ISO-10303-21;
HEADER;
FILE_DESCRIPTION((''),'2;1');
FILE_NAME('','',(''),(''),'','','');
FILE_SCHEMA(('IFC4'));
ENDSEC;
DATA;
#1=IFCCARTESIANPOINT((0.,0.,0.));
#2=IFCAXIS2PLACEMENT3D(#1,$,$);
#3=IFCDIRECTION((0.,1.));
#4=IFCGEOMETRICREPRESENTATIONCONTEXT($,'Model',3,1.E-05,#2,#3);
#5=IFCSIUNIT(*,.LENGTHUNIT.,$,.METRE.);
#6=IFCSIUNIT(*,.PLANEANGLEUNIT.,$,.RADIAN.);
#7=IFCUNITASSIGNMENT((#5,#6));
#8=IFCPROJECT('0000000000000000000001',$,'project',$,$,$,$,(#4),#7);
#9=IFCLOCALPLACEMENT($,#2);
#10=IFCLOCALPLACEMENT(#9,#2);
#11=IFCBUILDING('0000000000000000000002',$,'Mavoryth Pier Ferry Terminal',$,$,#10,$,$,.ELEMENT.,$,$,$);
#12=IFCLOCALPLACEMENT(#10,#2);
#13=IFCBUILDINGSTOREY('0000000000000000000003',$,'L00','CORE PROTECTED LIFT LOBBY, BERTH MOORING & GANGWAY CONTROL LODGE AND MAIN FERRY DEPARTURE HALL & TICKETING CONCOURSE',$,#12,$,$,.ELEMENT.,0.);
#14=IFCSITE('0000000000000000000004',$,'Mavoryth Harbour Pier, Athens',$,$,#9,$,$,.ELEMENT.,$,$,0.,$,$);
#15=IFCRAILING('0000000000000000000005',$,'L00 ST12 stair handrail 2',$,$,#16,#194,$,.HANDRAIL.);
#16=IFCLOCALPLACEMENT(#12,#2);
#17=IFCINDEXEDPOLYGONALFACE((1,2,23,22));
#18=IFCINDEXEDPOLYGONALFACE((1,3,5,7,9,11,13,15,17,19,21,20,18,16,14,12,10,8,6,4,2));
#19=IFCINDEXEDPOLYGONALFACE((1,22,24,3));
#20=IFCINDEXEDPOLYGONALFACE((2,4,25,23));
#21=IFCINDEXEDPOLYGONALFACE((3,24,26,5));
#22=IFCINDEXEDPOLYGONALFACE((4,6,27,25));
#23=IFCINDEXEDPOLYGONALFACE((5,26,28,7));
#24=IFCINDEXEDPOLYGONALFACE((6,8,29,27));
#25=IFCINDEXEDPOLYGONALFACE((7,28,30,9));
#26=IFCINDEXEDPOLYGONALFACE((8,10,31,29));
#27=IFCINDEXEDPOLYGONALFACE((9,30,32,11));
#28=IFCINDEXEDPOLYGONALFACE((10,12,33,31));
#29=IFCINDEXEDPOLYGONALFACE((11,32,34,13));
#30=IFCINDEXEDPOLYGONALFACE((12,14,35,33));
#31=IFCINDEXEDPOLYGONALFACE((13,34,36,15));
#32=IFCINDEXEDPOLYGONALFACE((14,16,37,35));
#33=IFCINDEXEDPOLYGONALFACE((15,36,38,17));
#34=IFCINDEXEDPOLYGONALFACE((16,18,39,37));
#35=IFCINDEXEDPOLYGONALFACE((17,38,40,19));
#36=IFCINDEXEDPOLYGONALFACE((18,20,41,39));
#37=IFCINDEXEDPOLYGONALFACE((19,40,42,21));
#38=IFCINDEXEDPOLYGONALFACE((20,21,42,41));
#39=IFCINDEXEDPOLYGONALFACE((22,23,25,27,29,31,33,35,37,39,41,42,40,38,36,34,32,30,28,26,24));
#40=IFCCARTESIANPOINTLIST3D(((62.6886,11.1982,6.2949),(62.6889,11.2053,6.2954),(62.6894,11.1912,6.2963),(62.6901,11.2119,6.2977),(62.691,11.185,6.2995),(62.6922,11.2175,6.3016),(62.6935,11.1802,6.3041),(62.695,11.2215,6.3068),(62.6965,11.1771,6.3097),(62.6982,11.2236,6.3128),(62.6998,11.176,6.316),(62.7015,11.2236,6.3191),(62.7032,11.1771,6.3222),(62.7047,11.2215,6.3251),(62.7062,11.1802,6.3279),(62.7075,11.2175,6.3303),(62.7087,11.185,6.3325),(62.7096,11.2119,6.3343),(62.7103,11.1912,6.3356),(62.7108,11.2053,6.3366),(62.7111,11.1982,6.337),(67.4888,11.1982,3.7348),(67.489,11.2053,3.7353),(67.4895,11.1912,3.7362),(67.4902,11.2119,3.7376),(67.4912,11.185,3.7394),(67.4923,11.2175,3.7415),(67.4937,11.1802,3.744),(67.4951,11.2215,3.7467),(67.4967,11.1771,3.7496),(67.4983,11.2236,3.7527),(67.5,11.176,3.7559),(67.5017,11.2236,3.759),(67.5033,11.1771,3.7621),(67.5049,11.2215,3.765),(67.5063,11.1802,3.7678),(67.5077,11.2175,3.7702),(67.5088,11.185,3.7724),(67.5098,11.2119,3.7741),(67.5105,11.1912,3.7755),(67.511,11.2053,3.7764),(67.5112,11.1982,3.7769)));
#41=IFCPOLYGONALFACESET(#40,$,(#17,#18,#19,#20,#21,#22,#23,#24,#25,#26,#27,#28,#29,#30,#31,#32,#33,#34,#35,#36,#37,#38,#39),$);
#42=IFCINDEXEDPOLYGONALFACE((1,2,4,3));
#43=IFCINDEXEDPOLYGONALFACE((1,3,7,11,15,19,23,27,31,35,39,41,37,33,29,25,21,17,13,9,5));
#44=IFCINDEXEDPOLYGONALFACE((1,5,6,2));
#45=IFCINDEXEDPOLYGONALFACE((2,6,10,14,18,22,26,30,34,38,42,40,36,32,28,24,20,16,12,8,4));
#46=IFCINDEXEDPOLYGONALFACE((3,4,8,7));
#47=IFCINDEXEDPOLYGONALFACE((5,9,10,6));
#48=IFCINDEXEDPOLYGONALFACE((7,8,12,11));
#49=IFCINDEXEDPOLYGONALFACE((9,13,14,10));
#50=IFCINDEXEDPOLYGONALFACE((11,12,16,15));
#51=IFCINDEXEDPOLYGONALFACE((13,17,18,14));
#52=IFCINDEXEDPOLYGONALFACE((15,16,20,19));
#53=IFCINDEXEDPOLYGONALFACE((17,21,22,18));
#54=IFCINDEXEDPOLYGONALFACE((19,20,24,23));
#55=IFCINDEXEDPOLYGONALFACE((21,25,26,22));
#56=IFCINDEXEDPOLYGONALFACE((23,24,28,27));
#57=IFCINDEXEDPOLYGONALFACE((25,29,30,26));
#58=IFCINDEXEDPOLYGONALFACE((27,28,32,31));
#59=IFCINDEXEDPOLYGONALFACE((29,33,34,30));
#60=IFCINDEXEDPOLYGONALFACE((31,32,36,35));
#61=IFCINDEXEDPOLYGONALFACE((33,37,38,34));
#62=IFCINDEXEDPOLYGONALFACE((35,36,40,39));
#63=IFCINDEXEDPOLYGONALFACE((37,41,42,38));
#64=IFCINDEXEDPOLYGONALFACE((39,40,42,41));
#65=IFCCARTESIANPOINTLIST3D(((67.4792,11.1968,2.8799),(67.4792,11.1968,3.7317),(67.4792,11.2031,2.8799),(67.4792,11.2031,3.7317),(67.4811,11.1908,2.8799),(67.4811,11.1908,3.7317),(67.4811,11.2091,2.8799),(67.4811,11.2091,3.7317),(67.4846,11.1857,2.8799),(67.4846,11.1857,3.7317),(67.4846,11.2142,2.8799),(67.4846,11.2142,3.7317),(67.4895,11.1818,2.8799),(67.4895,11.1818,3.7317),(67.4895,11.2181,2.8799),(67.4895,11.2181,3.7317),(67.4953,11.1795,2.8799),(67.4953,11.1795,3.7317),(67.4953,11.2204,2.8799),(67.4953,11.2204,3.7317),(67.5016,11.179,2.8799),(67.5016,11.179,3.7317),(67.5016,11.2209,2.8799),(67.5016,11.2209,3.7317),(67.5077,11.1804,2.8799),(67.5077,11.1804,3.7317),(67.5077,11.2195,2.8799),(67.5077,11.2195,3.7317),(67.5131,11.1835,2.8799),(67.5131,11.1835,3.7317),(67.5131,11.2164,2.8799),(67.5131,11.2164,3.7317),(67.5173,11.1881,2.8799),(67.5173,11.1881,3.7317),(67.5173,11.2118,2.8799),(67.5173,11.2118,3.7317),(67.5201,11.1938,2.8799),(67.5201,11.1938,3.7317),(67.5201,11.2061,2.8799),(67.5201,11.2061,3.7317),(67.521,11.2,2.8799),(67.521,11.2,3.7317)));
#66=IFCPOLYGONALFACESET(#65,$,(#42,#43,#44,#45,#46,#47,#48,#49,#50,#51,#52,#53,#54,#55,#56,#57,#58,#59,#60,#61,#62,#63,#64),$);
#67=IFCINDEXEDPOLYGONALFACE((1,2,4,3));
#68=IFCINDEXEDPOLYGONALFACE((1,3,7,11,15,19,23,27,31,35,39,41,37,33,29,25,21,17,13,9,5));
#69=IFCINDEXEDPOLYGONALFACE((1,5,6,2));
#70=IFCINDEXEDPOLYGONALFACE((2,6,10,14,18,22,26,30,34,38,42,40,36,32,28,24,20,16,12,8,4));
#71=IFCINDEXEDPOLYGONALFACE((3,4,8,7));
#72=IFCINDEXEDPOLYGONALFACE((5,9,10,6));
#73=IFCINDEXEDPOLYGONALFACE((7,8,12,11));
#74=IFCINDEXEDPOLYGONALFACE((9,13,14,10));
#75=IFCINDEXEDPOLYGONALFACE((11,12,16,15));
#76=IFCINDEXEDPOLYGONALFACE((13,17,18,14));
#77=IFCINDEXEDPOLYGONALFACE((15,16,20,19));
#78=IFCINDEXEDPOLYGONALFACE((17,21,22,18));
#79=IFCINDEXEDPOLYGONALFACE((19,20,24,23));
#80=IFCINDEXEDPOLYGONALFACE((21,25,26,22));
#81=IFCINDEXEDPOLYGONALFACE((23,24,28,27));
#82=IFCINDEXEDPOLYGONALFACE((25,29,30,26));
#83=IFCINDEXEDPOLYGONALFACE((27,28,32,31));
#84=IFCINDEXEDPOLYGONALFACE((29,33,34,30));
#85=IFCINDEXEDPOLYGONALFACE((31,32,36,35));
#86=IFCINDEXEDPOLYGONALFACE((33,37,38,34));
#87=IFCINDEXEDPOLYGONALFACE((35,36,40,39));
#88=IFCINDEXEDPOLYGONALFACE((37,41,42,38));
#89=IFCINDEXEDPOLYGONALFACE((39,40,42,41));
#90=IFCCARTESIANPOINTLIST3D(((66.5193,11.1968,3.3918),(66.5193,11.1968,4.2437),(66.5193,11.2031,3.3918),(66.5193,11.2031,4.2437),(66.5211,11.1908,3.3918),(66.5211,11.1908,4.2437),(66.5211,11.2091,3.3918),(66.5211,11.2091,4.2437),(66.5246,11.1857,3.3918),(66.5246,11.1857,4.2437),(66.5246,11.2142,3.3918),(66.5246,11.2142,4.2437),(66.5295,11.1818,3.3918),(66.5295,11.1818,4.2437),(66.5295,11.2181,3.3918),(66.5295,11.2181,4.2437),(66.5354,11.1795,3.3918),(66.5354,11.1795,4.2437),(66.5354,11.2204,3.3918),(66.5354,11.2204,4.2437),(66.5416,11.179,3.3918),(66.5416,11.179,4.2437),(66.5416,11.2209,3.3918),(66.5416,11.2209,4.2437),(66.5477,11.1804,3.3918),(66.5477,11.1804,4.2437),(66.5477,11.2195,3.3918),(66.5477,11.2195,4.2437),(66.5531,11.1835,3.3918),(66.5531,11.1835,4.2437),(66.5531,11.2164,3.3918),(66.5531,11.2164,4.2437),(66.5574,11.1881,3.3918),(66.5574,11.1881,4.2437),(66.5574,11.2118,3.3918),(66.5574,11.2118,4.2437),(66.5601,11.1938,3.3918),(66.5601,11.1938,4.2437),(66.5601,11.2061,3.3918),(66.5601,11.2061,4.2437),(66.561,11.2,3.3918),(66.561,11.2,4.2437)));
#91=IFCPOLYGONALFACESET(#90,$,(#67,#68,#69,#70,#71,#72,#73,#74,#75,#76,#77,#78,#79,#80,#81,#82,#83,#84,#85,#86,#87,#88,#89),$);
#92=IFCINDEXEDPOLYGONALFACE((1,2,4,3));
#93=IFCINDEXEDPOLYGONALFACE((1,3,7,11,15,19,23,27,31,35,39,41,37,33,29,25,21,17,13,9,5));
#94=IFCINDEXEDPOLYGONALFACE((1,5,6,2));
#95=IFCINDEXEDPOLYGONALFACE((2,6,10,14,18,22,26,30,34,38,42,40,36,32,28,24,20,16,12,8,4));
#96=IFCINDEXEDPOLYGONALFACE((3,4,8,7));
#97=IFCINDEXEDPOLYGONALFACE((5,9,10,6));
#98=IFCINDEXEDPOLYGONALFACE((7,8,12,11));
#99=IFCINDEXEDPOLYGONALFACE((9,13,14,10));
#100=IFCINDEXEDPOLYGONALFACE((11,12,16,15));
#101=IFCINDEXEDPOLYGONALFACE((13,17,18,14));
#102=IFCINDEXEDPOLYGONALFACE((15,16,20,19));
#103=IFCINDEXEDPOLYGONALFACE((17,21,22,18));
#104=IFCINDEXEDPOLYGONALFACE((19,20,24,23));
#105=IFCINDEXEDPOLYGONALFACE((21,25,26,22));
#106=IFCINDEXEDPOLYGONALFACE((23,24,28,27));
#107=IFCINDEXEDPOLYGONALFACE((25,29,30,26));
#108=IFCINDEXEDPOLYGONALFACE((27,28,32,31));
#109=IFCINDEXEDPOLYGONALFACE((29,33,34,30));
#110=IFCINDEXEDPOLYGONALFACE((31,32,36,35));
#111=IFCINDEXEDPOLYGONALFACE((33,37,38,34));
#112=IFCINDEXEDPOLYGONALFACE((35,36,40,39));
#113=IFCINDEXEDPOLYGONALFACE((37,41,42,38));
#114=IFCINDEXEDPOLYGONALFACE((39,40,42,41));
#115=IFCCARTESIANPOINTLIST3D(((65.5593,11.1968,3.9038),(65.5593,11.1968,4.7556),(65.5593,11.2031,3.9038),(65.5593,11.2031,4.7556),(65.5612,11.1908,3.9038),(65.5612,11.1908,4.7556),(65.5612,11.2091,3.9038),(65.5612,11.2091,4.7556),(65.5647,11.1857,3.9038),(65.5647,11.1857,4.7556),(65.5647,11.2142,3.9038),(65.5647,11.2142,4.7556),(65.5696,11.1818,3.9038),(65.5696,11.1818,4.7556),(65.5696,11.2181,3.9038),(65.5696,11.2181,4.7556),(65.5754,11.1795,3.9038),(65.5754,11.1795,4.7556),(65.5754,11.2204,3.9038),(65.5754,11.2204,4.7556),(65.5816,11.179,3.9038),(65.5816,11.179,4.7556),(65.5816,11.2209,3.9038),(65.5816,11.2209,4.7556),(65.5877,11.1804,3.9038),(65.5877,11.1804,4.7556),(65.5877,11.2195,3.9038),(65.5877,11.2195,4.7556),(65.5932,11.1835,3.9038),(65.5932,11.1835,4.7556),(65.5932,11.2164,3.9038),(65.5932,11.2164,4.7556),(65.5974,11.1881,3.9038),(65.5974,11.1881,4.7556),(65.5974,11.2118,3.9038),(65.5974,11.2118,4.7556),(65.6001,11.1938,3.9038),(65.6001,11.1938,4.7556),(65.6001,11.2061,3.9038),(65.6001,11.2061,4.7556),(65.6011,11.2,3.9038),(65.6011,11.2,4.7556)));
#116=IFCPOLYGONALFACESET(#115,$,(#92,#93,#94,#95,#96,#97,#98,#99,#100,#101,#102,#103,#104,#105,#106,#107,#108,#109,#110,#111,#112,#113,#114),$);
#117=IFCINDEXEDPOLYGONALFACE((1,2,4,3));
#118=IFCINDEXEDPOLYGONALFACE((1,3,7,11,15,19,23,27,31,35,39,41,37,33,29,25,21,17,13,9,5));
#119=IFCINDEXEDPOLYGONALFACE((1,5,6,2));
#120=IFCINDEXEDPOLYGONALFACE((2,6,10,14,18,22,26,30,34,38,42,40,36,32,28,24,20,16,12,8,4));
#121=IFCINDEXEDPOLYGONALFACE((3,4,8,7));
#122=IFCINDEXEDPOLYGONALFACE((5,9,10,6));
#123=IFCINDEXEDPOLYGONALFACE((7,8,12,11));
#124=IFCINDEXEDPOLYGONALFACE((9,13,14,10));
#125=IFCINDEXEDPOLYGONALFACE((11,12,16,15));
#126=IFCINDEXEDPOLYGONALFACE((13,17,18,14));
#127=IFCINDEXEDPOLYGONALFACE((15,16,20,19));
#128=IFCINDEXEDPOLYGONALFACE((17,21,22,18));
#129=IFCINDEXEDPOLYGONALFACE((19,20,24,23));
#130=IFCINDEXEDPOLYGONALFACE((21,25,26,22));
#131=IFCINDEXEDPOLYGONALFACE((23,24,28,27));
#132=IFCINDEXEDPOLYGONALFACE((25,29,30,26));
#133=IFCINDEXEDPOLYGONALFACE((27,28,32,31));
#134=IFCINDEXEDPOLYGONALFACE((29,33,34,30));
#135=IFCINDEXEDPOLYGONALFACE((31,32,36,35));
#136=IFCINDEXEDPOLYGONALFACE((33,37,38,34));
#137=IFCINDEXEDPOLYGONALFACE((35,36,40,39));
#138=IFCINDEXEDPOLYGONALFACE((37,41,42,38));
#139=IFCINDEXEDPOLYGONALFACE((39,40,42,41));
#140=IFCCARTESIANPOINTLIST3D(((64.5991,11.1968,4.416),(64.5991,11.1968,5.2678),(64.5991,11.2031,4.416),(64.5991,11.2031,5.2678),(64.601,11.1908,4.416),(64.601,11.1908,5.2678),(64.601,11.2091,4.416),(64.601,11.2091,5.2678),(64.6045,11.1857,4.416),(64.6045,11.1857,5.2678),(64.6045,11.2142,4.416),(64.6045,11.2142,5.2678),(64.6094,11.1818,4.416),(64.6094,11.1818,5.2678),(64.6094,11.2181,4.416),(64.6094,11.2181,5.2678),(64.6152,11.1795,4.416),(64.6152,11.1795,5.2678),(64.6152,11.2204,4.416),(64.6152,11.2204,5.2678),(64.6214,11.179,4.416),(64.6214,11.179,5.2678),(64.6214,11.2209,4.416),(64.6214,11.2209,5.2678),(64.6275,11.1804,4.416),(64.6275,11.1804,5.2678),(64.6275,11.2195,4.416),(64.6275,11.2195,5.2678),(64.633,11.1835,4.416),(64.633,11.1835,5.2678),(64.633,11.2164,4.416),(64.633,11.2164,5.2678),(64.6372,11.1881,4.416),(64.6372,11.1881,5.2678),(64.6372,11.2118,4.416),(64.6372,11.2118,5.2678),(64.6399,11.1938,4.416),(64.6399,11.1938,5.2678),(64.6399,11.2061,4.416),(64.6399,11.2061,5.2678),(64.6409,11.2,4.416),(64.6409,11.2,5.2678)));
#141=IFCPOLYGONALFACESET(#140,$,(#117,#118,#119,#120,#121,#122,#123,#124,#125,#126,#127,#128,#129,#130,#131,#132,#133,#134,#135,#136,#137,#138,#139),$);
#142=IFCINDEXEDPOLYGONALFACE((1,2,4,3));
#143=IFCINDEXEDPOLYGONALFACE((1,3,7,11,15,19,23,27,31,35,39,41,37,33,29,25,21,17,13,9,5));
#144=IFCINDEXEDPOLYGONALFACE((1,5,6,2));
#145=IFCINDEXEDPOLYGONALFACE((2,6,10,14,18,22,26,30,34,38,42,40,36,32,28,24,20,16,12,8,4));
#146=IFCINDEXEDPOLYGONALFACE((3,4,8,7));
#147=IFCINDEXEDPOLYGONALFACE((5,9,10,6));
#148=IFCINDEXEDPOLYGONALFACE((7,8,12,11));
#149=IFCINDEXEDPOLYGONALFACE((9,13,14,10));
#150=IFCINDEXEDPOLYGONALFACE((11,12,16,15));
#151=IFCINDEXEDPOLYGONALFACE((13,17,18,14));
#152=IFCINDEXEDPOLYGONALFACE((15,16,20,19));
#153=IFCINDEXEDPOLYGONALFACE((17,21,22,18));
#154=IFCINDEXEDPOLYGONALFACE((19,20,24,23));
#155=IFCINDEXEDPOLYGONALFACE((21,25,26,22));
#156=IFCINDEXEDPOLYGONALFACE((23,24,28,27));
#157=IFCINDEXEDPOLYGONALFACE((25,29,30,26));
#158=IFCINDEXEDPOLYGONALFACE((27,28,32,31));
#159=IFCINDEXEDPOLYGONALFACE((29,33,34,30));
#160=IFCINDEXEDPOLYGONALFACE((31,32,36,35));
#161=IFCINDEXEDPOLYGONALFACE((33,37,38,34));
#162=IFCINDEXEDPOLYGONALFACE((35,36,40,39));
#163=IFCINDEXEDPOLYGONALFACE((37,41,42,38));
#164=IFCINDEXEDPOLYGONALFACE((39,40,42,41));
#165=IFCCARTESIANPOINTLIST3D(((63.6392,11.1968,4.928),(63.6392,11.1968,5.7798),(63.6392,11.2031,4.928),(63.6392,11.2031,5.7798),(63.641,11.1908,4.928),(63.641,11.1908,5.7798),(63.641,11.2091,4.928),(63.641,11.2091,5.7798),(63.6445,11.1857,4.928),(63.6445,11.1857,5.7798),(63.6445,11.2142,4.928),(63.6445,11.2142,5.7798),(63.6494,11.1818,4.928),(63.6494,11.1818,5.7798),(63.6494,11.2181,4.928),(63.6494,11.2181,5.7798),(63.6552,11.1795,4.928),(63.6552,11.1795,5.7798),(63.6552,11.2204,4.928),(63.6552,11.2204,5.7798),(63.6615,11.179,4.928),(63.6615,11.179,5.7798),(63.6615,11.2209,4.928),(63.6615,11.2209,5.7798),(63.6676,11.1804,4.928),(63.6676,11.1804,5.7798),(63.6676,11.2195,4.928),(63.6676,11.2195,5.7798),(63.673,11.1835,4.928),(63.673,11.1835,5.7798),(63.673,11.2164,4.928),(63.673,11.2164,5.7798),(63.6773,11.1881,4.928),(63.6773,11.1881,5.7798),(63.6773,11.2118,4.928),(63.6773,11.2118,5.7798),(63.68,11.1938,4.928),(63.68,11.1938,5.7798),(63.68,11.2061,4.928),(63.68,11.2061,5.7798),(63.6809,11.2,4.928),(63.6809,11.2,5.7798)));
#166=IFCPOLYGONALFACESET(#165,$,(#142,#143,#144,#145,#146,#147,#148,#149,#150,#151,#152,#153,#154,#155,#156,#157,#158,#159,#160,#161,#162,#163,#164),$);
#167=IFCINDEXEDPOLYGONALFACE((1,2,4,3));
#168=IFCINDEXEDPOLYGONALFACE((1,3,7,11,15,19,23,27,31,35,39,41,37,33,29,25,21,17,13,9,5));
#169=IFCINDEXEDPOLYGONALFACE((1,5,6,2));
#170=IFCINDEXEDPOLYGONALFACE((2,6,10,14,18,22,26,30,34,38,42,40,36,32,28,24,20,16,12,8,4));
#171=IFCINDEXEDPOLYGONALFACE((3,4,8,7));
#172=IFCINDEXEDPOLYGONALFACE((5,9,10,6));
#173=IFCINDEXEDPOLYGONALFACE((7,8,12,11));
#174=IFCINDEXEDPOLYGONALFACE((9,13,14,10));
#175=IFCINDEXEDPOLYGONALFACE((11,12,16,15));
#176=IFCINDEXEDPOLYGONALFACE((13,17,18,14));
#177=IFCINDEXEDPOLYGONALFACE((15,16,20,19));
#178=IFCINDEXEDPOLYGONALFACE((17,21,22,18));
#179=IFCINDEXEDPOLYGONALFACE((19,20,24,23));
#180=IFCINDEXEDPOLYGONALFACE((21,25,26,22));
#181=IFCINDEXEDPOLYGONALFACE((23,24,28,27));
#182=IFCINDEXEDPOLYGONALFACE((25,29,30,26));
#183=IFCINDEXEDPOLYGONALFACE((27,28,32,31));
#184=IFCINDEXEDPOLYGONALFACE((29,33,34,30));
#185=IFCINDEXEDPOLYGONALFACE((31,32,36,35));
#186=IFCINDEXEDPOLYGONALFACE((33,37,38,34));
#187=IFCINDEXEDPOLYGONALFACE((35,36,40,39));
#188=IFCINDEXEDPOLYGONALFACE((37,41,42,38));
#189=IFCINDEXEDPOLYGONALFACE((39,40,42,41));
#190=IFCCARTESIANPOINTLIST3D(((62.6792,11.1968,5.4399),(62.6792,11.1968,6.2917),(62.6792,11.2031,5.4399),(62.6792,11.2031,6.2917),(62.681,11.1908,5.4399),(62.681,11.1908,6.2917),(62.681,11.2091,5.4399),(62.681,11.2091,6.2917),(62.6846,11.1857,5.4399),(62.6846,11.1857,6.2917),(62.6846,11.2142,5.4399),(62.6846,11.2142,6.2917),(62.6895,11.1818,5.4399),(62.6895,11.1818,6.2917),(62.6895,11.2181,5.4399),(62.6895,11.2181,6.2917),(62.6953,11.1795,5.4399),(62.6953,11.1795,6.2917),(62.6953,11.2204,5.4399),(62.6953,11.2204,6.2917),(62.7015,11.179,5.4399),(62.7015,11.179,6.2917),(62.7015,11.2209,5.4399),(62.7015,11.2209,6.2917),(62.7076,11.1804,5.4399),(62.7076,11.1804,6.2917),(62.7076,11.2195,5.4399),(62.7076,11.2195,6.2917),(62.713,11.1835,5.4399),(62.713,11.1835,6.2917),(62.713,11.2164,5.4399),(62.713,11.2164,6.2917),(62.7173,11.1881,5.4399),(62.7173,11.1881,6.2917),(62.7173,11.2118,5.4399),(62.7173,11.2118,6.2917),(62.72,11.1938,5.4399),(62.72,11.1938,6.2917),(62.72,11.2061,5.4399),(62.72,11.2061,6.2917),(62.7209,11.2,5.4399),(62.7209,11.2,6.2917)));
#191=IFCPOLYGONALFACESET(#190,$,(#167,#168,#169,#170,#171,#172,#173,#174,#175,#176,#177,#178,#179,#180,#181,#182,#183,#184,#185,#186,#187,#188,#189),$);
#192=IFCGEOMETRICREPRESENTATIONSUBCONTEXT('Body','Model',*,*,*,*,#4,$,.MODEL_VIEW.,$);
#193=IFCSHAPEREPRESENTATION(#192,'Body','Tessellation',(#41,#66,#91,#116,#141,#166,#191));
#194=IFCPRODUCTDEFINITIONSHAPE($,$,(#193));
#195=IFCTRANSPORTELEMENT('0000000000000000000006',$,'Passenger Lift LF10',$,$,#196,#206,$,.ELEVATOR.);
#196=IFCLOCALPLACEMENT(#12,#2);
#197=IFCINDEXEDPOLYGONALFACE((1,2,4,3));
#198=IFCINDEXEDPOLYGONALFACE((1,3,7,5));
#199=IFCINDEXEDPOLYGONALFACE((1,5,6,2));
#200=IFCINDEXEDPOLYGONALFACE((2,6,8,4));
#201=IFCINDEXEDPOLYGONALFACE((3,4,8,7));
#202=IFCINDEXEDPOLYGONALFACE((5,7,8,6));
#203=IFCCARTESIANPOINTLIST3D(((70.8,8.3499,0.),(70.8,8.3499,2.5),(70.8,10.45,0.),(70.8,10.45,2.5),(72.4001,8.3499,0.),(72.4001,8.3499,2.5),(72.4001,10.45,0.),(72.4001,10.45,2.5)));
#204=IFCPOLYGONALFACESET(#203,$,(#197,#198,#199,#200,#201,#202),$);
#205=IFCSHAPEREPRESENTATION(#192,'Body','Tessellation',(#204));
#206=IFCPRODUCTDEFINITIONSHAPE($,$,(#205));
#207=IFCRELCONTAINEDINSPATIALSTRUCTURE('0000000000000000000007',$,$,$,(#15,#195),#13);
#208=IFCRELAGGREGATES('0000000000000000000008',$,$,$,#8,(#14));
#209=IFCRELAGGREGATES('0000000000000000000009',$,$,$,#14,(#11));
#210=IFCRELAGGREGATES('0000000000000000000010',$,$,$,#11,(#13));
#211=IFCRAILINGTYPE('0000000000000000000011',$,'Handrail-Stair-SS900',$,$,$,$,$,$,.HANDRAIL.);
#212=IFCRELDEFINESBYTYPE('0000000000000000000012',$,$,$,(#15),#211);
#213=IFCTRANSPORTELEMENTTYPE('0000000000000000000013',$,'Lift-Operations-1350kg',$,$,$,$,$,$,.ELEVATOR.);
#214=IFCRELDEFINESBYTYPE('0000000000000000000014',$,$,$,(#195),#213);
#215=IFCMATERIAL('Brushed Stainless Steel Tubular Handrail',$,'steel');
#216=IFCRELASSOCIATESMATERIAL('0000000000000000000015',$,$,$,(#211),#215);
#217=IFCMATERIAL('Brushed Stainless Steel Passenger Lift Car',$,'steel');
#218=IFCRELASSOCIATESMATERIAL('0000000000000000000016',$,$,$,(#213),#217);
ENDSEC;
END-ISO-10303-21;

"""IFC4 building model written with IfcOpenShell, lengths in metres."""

from ifc_helpers import new_model, si_unit, direction, frame, origin, origin_2d, place, context, subcontext, project, spatial, rectangle, circle, extrude, material, type_object, element, save


model = new_model("IFC4")

# Units and contexts
model_context = context("Model", 3, precision=1e-05, world=origin(), true_north=direction((0.0, 1.0)))
body_context = subcontext(model_context, "Body", "Model", "MODEL_VIEW")
ifc_project = project(units=[si_unit("LENGTHUNIT", "METRE"), si_unit("PLANEANGLEUNIT", "RADIAN")], contexts=[model_context])

# Site, building, storey
site_placement = place(None, origin())
site = spatial("IfcSite", under=ifc_project, at=site_placement, Name="Mavoryth Harbour Pier, Athens", CompositionType="ELEMENT", RefElevation=0.0)
building_placement = place(site_placement, origin())
building = spatial("IfcBuilding", under=site, at=building_placement, Name="Mavoryth Pier Ferry Terminal", CompositionType="ELEMENT")
storey_placement = place(building_placement, origin())
storey = spatial("IfcBuildingStorey", under=building, at=storey_placement, Name="L00", Description="CORE PROTECTED LIFT LOBBY, BERTH MOORING & GANGWAY CONTROL LODGE AND MAIN FERRY DEPARTURE HALL & TICKETING CONCOURSE", CompositionType="ELEMENT", Elevation=0.0)

# Railing
ifc_material_1 = material(Name="Brushed Stainless Steel Tubular Handrail", Category="steel")
railing_type_1 = type_object("IfcRailingType", Name="Handrail-Stair-SS900", PredefinedType="HANDRAIL", material=ifc_material_1)
railing_1_placement = place(storey_placement, frame((67.5, 11.2, 2.8799)))
element("IfcRailing", 1, at=railing_1_placement, inside=storey, type_object=railing_type_1, Name="L00 ST12 stair handrail 2", PredefinedType="HANDRAIL", context=body_context, shape_type="SweptSolid", body=[
    extrude(circle(Radius=0.0239, at=origin_2d()), frame((0.0, 0.0, 0.876), z_axis=(-0.88235, 0.0, 0.470593), x_axis=(0.0, -1.0, 0.0)), (0.0, 0.0, 1.0), 5.4402),
    extrude(circle(Radius=0.021, at=origin_2d()), origin(), (0.0, 0.0, 1.0), 0.8518),
    extrude(circle(Radius=0.021, at=origin_2d()), frame((-0.96, 0.0, 0.512)), (0.0, 0.0, 1.0), 0.8518),
    extrude(circle(Radius=0.021, at=origin_2d()), frame((-1.9199, 0.0, 1.0239)), (0.0, 0.0, 1.0), 0.8518),
    extrude(circle(Radius=0.021, at=origin_2d()), frame((-2.8801, 0.0, 1.5361)), (0.0, 0.0, 1.0), 0.8518),
    extrude(circle(Radius=0.021, at=origin_2d()), frame((-3.8401, 0.0, 2.0481)), (0.0, 0.0, 1.0), 0.8518),
    extrude(circle(Radius=0.021, at=origin_2d()), frame((-4.8, 0.0, 2.5601)), (0.0, 0.0, 1.0), 0.8518),
])

# Transport element
ifc_material_2 = material(Name="Brushed Stainless Steel Passenger Lift Car", Category="steel")
transport_element_type = type_object("IfcTransportElementType", Name="Lift-Operations-1350kg", PredefinedType="ELEVATOR", material=ifc_material_2)
transport_element_placement = place(storey_placement, frame((71.6001, 9.3999, 0.0), z_axis=(0.0, 0.0, 1.0), x_axis=(1.0, 0.0, 0.0)))
element("IfcTransportElement", 2, at=transport_element_placement, inside=storey, type_object=transport_element_type, Name="Passenger Lift LF10", PredefinedType="ELEVATOR", context=body_context, shape_type="SweptSolid", body=[
    extrude(rectangle(XDim=1.6001, YDim=2.1001, at=origin_2d()), origin(), (0.0, 0.0, 1.0), 2.5),
])

save(model, "model.ifc")
